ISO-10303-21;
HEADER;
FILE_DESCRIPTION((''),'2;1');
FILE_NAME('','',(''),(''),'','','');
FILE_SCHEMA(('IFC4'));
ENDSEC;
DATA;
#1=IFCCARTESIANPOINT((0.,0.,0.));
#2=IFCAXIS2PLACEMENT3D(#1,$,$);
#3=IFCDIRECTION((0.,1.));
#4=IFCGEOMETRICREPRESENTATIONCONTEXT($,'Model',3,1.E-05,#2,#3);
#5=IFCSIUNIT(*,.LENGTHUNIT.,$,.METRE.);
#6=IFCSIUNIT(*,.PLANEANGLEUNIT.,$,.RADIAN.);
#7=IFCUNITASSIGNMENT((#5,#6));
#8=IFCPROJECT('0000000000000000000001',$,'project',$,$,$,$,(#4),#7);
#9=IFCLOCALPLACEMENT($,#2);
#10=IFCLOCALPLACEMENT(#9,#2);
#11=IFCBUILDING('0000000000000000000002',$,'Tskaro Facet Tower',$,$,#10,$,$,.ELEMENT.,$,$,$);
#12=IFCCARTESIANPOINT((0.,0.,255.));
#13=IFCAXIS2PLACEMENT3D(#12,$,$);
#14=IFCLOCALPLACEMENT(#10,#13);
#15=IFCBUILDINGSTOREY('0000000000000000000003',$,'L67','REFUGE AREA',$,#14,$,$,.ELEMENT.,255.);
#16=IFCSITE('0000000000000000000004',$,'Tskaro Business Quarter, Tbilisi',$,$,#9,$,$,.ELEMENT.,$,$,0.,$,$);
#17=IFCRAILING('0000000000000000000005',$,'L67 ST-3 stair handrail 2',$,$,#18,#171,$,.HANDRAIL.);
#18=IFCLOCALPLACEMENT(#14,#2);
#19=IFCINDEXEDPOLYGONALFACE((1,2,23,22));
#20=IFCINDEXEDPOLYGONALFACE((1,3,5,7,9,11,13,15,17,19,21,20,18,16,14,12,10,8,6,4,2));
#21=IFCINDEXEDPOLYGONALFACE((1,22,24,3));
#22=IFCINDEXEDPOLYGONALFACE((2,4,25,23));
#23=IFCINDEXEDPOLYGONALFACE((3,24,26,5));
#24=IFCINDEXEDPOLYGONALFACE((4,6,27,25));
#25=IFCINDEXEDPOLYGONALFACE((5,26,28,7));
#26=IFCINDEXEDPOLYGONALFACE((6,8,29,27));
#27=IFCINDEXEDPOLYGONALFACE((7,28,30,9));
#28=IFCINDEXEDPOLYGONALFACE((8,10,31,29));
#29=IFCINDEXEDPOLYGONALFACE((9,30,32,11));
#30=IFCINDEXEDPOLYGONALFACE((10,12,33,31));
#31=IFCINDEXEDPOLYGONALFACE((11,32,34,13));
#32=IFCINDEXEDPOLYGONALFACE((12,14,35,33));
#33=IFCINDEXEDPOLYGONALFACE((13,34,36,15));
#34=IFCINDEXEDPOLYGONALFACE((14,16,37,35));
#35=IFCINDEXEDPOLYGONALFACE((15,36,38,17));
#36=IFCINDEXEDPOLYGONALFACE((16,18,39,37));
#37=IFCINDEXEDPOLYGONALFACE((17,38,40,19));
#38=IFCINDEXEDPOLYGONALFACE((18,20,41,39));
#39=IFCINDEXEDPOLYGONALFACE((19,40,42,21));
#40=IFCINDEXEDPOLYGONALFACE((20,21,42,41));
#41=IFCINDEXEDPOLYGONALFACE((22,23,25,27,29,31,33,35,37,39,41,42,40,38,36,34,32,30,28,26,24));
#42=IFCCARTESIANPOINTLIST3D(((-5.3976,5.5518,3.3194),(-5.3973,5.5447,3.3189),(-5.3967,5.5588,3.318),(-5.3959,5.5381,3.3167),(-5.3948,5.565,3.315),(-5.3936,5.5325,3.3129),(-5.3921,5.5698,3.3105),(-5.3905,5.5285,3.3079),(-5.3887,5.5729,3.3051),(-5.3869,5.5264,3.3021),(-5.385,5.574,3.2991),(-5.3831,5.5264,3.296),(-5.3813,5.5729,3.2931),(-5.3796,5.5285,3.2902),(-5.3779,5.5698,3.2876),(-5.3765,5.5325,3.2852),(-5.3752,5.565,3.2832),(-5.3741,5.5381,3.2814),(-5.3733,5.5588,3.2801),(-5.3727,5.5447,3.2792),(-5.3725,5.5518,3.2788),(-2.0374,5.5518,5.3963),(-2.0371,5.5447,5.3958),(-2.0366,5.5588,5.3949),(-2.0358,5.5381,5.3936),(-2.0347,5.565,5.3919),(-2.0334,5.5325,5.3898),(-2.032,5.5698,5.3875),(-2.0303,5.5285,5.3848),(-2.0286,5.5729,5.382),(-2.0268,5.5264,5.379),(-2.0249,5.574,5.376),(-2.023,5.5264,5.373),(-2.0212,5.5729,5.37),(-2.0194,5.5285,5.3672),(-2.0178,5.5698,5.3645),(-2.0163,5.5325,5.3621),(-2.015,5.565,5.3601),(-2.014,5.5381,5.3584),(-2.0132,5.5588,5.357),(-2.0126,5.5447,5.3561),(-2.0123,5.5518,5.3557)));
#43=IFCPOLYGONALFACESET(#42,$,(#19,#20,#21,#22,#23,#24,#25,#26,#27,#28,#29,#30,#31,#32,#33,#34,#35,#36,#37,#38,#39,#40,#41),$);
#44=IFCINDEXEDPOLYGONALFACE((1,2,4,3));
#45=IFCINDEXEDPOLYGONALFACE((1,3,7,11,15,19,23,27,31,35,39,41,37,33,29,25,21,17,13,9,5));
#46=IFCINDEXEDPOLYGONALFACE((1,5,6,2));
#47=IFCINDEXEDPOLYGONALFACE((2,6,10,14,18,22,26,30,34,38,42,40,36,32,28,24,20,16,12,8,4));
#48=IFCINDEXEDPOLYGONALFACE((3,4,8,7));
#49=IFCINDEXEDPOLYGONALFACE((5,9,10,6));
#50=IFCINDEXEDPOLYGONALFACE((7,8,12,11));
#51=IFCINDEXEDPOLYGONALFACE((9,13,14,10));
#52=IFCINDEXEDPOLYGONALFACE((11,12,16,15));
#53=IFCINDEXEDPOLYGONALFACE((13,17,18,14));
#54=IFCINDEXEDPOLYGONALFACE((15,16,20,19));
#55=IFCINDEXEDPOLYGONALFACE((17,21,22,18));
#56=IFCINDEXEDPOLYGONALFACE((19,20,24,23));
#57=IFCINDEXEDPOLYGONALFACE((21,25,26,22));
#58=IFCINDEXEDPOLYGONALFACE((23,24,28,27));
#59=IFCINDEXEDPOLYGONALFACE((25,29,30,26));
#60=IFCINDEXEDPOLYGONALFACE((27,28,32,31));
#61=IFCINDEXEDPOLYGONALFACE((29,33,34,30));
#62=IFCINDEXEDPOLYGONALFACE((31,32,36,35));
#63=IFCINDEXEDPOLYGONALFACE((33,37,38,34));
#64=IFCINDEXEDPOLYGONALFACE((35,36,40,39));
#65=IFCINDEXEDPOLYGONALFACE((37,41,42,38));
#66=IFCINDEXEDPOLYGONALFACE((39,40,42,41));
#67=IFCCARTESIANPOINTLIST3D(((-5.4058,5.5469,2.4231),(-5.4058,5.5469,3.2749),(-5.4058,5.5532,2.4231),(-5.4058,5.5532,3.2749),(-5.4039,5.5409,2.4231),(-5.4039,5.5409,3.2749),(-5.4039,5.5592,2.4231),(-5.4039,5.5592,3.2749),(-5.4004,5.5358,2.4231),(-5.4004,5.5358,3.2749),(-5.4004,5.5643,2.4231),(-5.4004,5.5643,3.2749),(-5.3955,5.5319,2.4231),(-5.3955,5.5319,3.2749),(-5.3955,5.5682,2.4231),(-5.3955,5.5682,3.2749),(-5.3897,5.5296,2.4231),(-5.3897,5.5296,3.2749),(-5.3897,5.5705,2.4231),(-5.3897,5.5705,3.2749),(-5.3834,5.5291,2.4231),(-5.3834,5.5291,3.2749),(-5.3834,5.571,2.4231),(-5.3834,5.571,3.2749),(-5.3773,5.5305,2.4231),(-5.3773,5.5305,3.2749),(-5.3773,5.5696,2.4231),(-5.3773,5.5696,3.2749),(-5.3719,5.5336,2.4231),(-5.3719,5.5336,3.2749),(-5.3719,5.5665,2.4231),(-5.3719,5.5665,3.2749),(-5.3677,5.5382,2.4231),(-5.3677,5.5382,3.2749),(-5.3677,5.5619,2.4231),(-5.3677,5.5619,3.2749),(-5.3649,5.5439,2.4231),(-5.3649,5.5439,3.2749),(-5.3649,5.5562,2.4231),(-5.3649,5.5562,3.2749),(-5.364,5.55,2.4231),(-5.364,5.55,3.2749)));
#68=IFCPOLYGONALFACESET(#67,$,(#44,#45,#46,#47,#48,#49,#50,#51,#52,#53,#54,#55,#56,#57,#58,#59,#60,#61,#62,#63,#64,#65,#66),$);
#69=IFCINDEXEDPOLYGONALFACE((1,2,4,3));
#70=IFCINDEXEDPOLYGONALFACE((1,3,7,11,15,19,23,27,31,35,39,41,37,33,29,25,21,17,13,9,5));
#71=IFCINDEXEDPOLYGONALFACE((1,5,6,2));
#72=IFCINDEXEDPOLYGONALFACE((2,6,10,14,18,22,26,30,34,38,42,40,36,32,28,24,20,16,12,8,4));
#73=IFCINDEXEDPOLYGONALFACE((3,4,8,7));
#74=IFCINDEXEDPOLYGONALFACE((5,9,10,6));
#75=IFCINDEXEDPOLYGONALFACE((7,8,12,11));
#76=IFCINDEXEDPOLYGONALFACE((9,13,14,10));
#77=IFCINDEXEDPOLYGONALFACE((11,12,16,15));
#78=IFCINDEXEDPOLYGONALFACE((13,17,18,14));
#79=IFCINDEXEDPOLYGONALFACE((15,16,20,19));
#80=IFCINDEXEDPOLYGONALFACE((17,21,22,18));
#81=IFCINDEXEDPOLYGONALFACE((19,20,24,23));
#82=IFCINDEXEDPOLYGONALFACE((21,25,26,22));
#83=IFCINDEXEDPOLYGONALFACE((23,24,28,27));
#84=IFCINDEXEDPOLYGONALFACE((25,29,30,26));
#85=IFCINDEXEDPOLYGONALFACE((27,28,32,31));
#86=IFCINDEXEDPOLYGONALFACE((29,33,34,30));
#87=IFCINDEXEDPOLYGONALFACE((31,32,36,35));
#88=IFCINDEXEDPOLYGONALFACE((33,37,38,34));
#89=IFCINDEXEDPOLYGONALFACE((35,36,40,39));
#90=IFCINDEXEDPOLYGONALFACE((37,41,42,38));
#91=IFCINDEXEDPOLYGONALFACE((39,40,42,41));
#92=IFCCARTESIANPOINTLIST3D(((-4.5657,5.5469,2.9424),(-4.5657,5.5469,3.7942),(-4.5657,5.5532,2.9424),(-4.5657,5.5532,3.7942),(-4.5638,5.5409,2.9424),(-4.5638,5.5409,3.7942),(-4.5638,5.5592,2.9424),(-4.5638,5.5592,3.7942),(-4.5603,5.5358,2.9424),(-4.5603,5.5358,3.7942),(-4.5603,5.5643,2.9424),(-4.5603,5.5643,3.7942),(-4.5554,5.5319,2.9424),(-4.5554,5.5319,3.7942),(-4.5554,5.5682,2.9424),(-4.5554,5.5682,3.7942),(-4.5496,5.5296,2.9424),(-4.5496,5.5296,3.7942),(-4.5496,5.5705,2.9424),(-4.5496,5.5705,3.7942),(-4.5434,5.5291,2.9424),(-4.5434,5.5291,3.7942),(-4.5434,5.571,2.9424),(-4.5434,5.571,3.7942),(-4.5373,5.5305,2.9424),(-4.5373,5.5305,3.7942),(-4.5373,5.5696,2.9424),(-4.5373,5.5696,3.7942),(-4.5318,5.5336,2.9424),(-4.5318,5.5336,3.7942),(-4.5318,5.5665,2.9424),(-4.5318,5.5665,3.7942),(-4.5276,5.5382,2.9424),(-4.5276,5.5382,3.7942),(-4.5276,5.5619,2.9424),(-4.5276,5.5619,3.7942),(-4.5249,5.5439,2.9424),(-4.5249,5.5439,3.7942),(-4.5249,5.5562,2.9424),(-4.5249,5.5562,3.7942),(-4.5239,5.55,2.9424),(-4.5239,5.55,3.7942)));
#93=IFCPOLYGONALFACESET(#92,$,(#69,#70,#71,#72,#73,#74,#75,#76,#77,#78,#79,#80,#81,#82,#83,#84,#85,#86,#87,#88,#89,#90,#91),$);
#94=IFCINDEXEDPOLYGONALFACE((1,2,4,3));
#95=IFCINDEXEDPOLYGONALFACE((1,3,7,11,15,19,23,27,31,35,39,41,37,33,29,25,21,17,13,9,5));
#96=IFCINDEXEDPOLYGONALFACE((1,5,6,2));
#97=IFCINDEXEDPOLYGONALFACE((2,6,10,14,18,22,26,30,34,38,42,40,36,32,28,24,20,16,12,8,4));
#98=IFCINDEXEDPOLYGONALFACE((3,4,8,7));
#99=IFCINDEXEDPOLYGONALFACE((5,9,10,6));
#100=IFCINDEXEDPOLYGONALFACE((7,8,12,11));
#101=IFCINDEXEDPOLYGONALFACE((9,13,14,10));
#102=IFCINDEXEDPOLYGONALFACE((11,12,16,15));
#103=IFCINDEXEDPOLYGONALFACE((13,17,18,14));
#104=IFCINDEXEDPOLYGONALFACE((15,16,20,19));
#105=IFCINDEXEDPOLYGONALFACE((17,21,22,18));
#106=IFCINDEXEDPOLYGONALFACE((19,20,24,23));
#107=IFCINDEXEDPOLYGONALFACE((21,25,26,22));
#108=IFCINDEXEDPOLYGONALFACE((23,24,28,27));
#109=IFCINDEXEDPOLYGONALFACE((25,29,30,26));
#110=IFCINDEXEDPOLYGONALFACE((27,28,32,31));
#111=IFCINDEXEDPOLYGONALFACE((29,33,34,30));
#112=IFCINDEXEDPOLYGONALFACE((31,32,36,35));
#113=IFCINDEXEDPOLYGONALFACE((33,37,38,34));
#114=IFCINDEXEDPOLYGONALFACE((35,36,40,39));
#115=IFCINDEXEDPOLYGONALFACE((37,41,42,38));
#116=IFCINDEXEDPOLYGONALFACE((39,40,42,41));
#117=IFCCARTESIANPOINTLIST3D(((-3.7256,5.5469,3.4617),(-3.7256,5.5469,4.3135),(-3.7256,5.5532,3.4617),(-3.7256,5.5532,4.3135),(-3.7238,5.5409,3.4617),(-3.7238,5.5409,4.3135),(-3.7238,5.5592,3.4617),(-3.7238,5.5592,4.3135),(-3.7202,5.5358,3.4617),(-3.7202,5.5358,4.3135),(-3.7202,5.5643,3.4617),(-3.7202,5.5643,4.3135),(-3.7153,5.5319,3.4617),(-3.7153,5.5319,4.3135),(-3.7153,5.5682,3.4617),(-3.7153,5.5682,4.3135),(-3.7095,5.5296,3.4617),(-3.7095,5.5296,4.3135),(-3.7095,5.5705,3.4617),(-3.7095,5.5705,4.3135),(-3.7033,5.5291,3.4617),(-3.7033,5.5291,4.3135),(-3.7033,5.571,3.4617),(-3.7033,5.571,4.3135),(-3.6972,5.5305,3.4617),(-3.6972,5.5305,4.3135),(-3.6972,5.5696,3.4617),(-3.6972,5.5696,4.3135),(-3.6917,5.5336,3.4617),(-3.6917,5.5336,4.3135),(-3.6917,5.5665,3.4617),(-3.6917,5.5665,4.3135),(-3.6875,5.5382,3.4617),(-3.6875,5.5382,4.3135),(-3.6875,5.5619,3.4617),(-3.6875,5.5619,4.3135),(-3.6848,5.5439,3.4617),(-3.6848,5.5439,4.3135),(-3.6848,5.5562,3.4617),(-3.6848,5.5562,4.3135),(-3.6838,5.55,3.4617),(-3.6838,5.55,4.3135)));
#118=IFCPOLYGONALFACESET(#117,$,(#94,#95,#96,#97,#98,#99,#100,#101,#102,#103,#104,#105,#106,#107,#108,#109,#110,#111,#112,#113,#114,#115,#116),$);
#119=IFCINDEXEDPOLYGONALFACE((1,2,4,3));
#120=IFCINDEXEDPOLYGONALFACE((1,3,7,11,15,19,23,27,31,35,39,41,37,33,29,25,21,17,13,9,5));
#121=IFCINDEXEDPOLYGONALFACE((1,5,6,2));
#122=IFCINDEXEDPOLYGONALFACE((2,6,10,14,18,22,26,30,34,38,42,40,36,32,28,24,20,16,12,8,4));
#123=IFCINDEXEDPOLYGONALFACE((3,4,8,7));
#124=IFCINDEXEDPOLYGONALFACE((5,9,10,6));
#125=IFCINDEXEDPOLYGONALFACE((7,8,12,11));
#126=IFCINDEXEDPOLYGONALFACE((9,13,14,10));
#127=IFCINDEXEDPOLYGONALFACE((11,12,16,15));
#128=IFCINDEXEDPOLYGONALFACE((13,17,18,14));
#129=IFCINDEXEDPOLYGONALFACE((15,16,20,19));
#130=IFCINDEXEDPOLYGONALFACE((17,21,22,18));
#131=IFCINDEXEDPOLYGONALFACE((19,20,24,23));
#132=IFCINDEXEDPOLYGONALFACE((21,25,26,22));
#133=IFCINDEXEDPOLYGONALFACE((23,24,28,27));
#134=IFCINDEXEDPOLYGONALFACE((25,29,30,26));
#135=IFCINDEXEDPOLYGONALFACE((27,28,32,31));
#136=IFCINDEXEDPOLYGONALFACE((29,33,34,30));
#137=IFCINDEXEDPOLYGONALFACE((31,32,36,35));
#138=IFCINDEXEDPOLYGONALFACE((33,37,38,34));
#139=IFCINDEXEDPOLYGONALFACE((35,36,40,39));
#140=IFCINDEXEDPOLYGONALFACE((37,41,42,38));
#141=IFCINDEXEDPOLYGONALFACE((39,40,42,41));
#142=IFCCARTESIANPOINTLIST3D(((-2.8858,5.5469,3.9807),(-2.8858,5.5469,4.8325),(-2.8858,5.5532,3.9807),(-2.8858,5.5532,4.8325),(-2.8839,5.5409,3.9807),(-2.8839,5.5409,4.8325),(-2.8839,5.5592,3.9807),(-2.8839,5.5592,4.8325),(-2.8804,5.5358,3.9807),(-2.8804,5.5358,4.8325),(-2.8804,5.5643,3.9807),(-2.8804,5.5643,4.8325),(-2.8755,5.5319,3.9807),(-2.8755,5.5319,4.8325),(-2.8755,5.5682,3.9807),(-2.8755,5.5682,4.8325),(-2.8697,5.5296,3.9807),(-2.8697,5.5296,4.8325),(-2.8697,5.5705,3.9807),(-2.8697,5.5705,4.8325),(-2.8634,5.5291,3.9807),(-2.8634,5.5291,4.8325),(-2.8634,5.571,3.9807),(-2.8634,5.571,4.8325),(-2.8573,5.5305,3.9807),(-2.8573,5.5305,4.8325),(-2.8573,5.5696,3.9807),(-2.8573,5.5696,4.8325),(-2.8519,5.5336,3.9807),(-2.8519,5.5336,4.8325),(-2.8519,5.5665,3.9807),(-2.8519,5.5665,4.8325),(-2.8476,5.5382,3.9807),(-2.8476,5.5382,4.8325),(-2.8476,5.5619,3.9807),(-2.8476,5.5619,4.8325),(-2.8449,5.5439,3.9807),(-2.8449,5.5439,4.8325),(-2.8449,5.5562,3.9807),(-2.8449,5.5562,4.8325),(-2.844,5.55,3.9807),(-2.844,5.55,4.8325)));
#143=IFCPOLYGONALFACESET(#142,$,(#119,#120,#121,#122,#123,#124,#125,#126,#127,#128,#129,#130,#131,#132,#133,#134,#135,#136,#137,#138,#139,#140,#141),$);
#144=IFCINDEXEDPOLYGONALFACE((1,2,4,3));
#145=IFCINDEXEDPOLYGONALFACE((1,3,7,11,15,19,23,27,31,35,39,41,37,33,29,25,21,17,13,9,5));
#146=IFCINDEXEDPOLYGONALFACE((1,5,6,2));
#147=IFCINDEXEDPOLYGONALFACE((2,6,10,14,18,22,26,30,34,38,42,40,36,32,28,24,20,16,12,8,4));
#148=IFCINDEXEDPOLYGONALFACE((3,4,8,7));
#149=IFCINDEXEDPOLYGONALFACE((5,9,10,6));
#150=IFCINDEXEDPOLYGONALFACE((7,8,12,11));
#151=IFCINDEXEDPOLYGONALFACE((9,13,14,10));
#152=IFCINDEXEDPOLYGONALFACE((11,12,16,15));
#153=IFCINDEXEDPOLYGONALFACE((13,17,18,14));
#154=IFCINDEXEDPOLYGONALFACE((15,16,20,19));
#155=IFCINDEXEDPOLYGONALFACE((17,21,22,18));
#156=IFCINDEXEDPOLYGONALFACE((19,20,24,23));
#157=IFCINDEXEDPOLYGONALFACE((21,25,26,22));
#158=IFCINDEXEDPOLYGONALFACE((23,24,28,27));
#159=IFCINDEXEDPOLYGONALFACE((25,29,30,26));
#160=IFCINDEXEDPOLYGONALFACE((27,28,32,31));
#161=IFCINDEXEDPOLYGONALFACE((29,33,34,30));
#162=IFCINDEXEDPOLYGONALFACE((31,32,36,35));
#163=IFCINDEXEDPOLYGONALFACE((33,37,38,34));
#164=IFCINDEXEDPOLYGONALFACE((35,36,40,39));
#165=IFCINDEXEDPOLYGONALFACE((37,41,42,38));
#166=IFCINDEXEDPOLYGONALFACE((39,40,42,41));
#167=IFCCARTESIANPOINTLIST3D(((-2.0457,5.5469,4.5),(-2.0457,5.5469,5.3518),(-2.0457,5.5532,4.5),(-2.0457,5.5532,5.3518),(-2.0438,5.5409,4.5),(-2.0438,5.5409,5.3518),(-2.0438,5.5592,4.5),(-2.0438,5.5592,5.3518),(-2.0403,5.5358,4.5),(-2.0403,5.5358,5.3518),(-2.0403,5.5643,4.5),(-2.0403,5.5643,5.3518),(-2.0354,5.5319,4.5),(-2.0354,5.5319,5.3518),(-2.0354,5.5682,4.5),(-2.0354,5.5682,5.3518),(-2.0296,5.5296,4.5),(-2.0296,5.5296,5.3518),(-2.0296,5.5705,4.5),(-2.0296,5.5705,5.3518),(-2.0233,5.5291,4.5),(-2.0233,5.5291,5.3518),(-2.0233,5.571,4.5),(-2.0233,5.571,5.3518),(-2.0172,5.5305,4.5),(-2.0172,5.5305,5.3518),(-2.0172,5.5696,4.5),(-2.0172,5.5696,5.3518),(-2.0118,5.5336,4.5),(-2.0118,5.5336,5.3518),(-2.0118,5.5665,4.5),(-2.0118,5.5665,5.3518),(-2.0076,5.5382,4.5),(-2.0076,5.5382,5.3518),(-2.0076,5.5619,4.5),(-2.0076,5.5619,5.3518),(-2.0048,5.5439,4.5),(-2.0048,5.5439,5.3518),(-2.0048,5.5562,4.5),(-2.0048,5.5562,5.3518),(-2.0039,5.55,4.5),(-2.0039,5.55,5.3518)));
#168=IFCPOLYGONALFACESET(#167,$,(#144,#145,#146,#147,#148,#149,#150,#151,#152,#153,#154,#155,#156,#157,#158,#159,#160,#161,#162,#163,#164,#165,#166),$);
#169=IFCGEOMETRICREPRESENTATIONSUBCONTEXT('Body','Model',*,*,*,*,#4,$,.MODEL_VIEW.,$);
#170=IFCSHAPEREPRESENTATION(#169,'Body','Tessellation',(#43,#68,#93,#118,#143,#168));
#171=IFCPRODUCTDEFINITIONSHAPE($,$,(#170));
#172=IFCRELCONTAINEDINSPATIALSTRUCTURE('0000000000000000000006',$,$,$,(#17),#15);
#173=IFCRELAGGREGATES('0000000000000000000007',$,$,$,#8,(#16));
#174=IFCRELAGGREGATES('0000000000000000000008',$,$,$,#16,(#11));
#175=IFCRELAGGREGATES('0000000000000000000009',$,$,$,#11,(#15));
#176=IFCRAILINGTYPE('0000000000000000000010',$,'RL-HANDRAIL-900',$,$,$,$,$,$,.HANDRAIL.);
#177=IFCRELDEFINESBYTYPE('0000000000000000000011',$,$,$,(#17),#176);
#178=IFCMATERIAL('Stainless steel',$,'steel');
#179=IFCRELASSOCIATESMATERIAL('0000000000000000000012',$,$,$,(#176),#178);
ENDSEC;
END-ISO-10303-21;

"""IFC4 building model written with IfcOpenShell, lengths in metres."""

from ifc_helpers import new_model, si_unit, direction, frame, origin, origin_2d, place, context, subcontext, project, spatial, circle, extrude, material, type_object, element, save


model = new_model("IFC4")

# Units and contexts
model_context = context("Model", 3, precision=1e-05, world=origin(), true_north=direction((0.0, 1.0)))
body_context = subcontext(model_context, "Body", "Model", "MODEL_VIEW")
ifc_project = project(units=[si_unit("LENGTHUNIT", "METRE"), si_unit("PLANEANGLEUNIT", "RADIAN")], contexts=[model_context])

# Site, building, storey
site_placement = place(None, origin())
site = spatial("IfcSite", under=ifc_project, at=site_placement, Name="Tskaro Business Quarter, Tbilisi", CompositionType="ELEMENT", RefElevation=0.0)
building_placement = place(site_placement, origin())
building = spatial("IfcBuilding", under=site, at=building_placement, Name="Tskaro Facet Tower", CompositionType="ELEMENT")
storey_placement = place(building_placement, frame((0.0, 0.0, 255.0)))
storey = spatial("IfcBuildingStorey", under=building, at=storey_placement, Name="L67", Description="REFUGE AREA", CompositionType="ELEMENT", Elevation=255.0)

# Railing
ifc_material_1 = material(Name="Stainless steel", Category="steel")
railing_type_1 = type_object("IfcRailingType", Name="RL-HANDRAIL-900", PredefinedType="HANDRAIL", material=ifc_material_1)
railing_1_placement = place(storey_placement, frame((-5.385, 5.55, 2.4231)))
element("IfcRailing", 1, at=railing_1_placement, inside=storey, type_object=railing_type_1, Name="L67 ST-3 stair handrail 2", PredefinedType="HANDRAIL", context=body_context, shape_type="SweptSolid", body=[
    extrude(circle(Radius=0.0239, at=origin_2d()), frame((0.0, 0.0, 0.876), z_axis=(0.850623, 0.0, 0.525776), x_axis=(0.0, 1.0, 0.0)), (0.0, 0.0, 1.0), 3.9502),
    extrude(circle(Radius=0.021, at=origin_2d()), origin(), (0.0, 0.0, 1.0), 0.8518),
    extrude(circle(Radius=0.021, at=origin_2d()), frame((0.8401, 0.0, 0.5193)), (0.0, 0.0, 1.0), 0.8518),
    extrude(circle(Radius=0.021, at=origin_2d()), frame((1.6802, 0.0, 1.0386)), (0.0, 0.0, 1.0), 0.8518),
    extrude(circle(Radius=0.021, at=origin_2d()), frame((2.52, 0.0, 1.5576)), (0.0, 0.0, 1.0), 0.8518),
    extrude(circle(Radius=0.021, at=origin_2d()), frame((3.3601, 0.0, 2.0769)), (0.0, 0.0, 1.0), 0.8518),
])

save(model, "model.ifc")
